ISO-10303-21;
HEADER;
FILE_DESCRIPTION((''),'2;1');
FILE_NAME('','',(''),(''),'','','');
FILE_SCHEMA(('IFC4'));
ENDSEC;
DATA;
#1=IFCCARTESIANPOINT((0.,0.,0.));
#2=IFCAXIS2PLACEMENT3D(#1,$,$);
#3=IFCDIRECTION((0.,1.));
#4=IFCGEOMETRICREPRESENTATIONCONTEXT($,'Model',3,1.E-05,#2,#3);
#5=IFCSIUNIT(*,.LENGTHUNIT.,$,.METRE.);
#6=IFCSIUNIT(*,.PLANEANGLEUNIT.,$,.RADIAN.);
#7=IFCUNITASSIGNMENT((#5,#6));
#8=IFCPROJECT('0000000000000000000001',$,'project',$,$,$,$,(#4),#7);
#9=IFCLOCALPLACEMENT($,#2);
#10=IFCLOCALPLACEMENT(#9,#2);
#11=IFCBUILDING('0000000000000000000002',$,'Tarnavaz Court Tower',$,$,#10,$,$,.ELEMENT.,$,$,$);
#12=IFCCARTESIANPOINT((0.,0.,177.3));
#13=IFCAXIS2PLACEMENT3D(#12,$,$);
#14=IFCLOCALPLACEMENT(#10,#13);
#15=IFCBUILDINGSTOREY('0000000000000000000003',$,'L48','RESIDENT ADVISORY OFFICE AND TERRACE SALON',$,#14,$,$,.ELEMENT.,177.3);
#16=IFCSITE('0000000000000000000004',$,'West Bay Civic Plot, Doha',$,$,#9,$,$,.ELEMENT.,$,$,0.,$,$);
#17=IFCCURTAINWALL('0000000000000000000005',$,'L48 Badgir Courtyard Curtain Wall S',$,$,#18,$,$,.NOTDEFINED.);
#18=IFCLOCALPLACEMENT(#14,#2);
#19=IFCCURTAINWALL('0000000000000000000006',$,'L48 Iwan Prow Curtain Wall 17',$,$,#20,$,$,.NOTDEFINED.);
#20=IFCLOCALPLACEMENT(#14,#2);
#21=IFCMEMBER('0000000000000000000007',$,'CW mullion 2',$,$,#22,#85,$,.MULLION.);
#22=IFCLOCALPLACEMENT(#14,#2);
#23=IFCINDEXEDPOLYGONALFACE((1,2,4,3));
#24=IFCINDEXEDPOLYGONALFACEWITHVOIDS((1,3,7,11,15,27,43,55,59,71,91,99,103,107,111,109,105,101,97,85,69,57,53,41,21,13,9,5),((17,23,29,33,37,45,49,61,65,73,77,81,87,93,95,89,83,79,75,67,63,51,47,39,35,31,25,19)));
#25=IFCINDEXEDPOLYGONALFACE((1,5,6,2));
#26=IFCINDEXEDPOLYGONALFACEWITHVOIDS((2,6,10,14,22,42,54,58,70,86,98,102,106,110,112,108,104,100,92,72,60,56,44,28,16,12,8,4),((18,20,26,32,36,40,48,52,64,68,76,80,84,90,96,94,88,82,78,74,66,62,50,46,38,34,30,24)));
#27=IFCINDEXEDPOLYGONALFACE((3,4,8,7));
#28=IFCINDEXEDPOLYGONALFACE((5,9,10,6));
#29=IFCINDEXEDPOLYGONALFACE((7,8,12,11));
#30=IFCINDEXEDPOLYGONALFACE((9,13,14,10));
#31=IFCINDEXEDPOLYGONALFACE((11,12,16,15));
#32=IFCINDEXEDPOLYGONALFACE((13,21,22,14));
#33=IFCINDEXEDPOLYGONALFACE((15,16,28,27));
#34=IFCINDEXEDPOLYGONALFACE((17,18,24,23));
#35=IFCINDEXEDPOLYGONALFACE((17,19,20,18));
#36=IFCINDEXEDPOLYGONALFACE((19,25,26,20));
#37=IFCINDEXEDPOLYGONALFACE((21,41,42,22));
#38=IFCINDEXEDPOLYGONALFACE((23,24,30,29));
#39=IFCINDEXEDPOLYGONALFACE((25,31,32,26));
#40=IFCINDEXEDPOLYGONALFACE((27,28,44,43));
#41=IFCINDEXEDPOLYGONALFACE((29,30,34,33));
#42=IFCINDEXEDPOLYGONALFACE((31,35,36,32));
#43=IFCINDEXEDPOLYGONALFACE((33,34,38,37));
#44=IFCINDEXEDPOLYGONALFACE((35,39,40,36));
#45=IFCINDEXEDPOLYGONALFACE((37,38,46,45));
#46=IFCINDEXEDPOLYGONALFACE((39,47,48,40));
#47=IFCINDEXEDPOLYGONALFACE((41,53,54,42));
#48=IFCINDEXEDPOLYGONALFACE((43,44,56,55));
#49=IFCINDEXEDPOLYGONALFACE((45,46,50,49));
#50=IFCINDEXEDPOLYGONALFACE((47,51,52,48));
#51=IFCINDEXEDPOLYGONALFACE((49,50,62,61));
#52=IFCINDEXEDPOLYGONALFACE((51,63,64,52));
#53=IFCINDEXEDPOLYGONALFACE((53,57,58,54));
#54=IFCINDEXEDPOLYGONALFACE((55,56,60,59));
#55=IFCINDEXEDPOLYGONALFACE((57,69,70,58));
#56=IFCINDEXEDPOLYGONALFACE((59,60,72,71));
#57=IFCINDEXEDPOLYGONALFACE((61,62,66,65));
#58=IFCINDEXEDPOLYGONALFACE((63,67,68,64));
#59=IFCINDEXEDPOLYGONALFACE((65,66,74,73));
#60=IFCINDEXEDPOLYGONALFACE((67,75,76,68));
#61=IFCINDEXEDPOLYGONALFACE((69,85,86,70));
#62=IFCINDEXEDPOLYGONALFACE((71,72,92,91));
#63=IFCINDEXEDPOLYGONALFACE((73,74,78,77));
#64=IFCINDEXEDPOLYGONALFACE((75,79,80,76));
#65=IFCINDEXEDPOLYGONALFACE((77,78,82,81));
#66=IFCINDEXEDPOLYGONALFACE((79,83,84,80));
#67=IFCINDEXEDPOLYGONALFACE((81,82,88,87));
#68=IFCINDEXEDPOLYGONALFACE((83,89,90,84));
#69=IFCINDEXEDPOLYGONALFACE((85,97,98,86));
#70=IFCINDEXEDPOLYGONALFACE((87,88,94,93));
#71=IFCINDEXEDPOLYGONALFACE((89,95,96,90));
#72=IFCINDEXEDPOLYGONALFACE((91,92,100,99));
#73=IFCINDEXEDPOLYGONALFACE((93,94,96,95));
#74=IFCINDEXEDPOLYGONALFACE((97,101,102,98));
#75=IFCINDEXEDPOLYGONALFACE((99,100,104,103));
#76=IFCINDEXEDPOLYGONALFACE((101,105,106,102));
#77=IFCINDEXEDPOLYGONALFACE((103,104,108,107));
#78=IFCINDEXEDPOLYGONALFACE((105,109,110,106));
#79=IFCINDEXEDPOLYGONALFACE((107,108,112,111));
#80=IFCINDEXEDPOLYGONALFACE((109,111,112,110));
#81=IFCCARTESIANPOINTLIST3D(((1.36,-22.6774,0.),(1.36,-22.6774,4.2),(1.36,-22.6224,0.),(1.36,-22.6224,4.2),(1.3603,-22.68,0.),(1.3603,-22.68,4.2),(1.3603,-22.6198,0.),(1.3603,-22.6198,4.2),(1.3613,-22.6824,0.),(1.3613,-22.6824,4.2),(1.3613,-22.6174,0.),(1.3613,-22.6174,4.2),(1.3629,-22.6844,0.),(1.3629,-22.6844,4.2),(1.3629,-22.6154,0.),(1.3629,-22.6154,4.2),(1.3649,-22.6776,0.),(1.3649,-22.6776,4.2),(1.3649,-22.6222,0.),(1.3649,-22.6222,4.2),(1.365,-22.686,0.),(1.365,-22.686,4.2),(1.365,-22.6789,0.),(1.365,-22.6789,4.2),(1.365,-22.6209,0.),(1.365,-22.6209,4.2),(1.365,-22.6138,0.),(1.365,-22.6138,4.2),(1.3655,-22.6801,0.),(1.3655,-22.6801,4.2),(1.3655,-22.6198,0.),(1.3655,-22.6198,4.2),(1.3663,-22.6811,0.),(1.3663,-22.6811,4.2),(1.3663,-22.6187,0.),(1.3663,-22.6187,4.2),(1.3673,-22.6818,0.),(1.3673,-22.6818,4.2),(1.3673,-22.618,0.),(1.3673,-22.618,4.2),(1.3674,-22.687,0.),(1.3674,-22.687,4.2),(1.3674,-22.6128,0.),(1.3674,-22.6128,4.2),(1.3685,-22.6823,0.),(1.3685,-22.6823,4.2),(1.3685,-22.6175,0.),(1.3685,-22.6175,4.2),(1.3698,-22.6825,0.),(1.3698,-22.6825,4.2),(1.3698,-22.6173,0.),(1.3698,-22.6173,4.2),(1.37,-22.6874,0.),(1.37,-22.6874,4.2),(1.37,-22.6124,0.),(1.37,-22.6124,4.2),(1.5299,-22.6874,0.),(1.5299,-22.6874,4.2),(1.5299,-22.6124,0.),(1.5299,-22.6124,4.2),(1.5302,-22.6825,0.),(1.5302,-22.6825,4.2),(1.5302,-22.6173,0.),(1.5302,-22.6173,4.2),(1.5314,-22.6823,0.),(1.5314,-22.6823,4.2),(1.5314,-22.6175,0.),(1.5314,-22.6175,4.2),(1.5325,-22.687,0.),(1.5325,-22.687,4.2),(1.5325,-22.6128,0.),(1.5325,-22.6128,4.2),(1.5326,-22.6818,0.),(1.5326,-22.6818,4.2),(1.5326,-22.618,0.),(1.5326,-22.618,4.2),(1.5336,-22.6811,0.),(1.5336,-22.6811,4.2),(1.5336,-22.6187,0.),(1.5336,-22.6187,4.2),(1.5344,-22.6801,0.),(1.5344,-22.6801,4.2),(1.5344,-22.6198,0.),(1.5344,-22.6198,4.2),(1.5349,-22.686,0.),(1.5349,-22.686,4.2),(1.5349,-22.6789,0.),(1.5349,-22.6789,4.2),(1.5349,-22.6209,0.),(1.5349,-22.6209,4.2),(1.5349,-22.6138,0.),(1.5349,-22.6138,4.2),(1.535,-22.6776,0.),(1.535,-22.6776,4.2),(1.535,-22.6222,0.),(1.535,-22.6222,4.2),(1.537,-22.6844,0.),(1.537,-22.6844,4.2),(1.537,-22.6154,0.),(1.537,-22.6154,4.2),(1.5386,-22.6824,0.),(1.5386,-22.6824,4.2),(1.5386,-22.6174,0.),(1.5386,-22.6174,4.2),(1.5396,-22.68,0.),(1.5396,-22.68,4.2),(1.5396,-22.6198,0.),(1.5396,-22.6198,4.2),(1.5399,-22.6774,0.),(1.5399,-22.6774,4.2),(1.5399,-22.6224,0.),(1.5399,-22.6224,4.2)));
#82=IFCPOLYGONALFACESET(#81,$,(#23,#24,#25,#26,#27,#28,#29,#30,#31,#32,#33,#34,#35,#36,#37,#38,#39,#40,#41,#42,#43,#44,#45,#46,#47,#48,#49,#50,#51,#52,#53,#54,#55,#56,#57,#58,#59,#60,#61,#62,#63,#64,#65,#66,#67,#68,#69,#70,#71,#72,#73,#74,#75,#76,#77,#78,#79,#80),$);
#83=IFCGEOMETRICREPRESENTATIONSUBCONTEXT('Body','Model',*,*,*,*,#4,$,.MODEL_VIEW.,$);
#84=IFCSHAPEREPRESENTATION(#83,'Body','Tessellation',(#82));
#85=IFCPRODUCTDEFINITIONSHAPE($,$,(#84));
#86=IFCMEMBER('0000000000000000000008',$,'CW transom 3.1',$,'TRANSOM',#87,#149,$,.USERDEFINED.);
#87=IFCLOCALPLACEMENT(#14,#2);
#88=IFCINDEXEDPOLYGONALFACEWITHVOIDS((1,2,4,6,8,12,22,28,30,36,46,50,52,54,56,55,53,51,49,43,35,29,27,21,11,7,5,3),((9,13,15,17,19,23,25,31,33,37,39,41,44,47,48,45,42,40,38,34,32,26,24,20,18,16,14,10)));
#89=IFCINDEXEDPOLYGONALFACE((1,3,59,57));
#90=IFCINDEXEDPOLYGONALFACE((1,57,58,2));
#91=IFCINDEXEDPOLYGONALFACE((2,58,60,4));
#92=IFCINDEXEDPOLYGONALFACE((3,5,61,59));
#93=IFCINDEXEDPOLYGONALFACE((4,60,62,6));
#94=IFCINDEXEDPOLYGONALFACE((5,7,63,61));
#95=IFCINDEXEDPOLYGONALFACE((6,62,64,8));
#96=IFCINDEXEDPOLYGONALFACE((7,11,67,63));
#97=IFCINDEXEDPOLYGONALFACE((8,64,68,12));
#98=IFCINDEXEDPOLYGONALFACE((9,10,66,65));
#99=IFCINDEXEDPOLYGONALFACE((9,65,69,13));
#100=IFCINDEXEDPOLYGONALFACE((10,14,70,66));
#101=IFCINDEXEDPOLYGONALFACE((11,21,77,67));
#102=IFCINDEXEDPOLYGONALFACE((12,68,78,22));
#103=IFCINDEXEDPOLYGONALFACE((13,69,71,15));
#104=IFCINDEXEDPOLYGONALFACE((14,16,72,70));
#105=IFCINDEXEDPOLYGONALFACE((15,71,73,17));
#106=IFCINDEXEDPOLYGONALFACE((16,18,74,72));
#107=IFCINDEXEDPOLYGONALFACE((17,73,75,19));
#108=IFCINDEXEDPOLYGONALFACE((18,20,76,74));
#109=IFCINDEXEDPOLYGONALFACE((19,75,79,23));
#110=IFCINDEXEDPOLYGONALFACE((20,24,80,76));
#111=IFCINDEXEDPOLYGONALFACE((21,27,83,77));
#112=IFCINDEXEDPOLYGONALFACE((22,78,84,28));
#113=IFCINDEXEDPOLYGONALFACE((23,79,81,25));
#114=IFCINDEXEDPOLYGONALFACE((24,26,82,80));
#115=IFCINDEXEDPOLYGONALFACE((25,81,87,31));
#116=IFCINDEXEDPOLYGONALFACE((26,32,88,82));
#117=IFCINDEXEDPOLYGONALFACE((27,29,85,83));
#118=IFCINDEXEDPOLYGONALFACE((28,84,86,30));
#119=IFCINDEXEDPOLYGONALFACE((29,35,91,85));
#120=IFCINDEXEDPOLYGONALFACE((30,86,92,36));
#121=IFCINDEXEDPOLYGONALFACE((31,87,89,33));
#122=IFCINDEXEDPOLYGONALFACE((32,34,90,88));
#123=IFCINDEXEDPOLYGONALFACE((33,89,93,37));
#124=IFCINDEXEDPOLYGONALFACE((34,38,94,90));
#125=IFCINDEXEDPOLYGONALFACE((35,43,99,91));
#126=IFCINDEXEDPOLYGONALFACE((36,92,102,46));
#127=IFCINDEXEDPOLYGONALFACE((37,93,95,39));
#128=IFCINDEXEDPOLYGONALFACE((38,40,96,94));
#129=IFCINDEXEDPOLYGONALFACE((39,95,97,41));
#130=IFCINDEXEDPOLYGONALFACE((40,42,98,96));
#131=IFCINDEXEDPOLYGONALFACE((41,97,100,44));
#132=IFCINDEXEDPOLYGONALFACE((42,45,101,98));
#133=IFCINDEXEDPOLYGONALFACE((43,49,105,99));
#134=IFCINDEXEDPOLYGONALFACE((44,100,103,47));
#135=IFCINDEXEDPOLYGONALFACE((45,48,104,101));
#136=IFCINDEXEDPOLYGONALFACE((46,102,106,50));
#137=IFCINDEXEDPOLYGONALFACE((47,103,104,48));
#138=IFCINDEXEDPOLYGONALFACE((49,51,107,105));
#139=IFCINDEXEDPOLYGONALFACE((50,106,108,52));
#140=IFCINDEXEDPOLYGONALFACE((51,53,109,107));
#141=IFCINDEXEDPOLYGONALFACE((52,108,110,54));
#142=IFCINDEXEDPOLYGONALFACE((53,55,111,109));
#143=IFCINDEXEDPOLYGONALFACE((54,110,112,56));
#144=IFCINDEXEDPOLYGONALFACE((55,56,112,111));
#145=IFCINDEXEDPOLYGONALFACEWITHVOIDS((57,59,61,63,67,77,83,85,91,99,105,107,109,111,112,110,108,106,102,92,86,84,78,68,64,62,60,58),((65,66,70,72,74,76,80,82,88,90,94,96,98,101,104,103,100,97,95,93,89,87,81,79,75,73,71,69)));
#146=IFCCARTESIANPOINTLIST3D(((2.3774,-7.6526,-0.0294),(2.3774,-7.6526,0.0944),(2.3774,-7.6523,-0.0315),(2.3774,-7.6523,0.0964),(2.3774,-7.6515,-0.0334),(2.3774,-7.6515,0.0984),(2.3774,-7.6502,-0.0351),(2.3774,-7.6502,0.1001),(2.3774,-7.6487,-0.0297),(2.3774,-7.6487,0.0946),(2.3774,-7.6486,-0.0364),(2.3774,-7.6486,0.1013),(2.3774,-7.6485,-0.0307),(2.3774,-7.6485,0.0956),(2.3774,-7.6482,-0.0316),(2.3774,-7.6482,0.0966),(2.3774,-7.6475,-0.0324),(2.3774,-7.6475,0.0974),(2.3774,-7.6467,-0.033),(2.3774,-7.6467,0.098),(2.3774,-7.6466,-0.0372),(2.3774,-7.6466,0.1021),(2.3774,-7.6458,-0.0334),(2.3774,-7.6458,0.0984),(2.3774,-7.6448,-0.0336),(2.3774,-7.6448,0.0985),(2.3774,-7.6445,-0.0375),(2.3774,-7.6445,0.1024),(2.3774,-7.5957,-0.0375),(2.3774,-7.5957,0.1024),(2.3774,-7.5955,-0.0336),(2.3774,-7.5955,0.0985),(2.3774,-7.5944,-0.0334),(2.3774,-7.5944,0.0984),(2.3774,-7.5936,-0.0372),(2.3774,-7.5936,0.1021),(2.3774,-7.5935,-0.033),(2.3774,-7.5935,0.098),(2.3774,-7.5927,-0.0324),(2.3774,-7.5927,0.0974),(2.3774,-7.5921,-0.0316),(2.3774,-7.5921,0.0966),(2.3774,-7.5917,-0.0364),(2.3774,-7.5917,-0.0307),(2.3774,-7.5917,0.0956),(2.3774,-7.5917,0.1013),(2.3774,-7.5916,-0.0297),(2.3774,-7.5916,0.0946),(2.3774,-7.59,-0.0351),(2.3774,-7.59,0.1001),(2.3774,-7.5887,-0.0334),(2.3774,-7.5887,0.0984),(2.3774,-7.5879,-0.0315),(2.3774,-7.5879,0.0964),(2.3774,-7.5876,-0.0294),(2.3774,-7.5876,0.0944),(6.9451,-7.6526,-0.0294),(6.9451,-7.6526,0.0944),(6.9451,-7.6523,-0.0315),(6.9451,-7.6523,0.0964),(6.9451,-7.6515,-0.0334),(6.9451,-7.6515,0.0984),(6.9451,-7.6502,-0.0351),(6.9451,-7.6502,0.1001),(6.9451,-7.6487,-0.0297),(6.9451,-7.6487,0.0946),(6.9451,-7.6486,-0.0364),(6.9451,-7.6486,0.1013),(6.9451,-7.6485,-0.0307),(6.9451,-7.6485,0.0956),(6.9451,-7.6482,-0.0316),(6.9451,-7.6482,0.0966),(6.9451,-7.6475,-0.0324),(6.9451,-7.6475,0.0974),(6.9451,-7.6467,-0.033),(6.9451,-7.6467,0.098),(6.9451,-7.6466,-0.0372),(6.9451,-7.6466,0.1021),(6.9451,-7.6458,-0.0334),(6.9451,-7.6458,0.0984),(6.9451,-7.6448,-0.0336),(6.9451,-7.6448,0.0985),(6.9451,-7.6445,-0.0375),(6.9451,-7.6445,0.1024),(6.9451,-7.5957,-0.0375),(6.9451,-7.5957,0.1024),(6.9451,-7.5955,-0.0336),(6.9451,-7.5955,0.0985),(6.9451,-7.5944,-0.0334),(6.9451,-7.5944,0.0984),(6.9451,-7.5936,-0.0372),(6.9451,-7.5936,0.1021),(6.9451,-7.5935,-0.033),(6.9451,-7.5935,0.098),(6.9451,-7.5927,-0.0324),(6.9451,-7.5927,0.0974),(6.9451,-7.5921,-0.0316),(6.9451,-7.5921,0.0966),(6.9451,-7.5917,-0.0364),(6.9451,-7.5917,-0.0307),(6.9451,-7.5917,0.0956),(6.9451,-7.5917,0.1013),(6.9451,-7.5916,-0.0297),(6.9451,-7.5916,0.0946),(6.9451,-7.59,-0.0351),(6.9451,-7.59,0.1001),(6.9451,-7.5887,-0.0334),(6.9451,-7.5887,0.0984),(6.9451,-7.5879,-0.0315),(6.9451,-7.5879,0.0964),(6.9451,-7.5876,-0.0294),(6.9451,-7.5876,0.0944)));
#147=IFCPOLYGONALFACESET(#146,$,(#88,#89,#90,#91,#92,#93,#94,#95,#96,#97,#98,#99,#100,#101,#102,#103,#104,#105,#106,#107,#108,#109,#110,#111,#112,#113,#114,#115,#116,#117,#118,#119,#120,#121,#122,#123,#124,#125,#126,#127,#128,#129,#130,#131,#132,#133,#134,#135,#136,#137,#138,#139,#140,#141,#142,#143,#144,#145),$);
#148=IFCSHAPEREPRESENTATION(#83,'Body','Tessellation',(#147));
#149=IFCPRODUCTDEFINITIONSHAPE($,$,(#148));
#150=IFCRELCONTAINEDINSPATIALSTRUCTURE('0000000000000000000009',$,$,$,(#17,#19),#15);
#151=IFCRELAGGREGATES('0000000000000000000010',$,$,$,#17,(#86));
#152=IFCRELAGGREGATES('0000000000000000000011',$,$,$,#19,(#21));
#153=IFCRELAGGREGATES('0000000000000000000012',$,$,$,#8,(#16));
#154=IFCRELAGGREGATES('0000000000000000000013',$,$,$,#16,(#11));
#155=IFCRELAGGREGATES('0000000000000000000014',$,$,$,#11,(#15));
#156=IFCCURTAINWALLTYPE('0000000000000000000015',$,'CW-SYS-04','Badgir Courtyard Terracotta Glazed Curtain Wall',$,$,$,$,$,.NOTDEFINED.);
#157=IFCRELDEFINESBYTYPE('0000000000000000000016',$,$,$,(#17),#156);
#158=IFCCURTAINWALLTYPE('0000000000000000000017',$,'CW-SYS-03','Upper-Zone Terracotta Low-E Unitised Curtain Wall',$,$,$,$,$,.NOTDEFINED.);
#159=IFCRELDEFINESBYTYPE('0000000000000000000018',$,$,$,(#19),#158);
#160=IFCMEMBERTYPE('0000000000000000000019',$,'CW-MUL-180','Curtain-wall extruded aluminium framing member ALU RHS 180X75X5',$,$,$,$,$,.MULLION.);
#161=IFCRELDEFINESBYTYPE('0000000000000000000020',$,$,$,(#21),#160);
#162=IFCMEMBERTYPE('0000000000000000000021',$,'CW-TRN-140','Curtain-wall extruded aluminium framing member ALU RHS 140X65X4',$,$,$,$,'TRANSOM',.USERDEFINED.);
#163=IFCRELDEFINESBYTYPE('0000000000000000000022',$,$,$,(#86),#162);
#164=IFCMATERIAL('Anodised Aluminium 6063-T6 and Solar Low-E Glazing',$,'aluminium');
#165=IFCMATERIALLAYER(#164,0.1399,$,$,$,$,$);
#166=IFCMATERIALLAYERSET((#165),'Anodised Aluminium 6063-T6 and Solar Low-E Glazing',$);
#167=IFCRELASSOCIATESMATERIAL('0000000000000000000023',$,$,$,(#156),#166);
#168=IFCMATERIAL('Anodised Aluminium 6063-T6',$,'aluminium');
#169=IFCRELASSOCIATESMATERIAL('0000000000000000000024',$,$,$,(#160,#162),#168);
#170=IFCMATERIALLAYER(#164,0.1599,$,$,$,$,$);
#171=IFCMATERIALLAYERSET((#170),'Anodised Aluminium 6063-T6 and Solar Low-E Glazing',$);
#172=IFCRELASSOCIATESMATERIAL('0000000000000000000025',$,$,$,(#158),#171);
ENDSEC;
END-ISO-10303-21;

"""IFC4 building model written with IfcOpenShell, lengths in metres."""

from ifc_helpers import new_model, si_unit, direction, frame, origin, origin_2d, place, context, subcontext, project, spatial, hollow_rectangle, extrude, material, layer, layer_set, material_profile, profile_set, type_object, element, aggregate, save


model = new_model("IFC4")

# Units and contexts
model_context = context("Model", 3, precision=1e-05, world=origin(), true_north=direction((0.0, 1.0)))
body_context = subcontext(model_context, "Body", "Model", "MODEL_VIEW")
ifc_project = project(units=[si_unit("LENGTHUNIT", "METRE"), si_unit("PLANEANGLEUNIT", "RADIAN")], contexts=[model_context])

# Site, building, storey
site_placement = place(None, origin())
site = spatial("IfcSite", under=ifc_project, at=site_placement, Name="West Bay Civic Plot, Doha", CompositionType="ELEMENT", RefElevation=0.0)
building_placement = place(site_placement, origin())
building = spatial("IfcBuilding", under=site, at=building_placement, Name="Tarnavaz Court Tower", CompositionType="ELEMENT")
storey_placement = place(building_placement, frame((0.0, 0.0, 177.3)))
storey = spatial("IfcBuildingStorey", under=building, at=storey_placement, Name="L48", Description="RESIDENT ADVISORY OFFICE AND TERRACE SALON", CompositionType="ELEMENT", Elevation=177.3)

# Curtain wall
ifc_material_1 = material(Name="Anodised Aluminium 6063-T6 and Solar Low-E Glazing", Category="aluminium")
ifc_layer_1 = layer(ifc_material_1, 0.1399)
ifc_layer_set_1 = layer_set([ifc_layer_1], Name="Anodised Aluminium 6063-T6 and Solar Low-E Glazing")
curtain_wall_type_1 = type_object("IfcCurtainWallType", Name="CW-SYS-04", Description="Badgir Courtyard Terracotta Glazed Curtain Wall", PredefinedType="NOTDEFINED", material=ifc_layer_set_1)
curtain_wall_1_placement = place(storey_placement, origin())
curtain_wall_1 = element("IfcCurtainWall", 1, at=curtain_wall_1_placement, inside=storey, type_object=curtain_wall_type_1, Name="L48 Badgir Courtyard Curtain Wall S", PredefinedType="NOTDEFINED")
ifc_material_2 = material(Name="Anodised Aluminium 6063-T6", Category="aluminium")
ifc_material_profile_1 = material_profile(ifc_material_2, hollow_rectangle(XDim=0.075, YDim=0.1799, WallThickness=0.0049, InnerFilletRadius=0.0049, OuterFilletRadius=0.01, at=origin_2d()), Name="ALU RHS 180X75X5")
ifc_profile_set_1 = profile_set([ifc_material_profile_1], Name="Anodised Aluminium 6063-T6")
member_type_1 = type_object("IfcMemberType", Name="CW-MUL-180", Description="Curtain-wall extruded aluminium framing member ALU RHS 180X75X5", PredefinedType="MULLION", material=ifc_profile_set_1)

# Curtain wall, member
ifc_layer_2 = layer(ifc_material_1, 0.1599)
ifc_layer_set_2 = layer_set([ifc_layer_2], Name="Anodised Aluminium 6063-T6 and Solar Low-E Glazing")
curtain_wall_type_2 = type_object("IfcCurtainWallType", Name="CW-SYS-03", Description="Upper-Zone Terracotta Low-E Unitised Curtain Wall", PredefinedType="NOTDEFINED", material=ifc_layer_set_2)
curtain_wall_2_placement = place(storey_placement, origin())
curtain_wall_2 = element("IfcCurtainWall", 2, at=curtain_wall_2_placement, inside=storey, type_object=curtain_wall_type_2, Name="L48 Iwan Prow Curtain Wall 17", PredefinedType="NOTDEFINED")
member_1_placement = place(storey_placement, frame((1.45, -22.6499, 0.0), z_axis=(0.0, 0.0, 1.0), x_axis=(0.0, -1.0, 0.0)))
member_1 = element("IfcMember", 3, at=member_1_placement, type_object=member_type_1, Name="CW mullion 2", PredefinedType="MULLION", context=body_context, shape_type="SweptSolid", body=[
    extrude(hollow_rectangle(XDim=0.075, YDim=0.1799, WallThickness=0.0049, InnerFilletRadius=0.0049, OuterFilletRadius=0.01, at=origin_2d()), origin(), (0.0, 0.0, 1.0), 4.2),
])

# Member
ifc_material_profile_2 = material_profile(ifc_material_2, hollow_rectangle(XDim=0.0649, YDim=0.1399, WallThickness=0.0039, InnerFilletRadius=0.0039, OuterFilletRadius=0.0081, at=origin_2d()), Name="ALU RHS 140X65X4")
ifc_profile_set_2 = profile_set([ifc_material_profile_2], Name="Anodised Aluminium 6063-T6")
member_type_2 = type_object("IfcMemberType", Name="CW-TRN-140", Description="Curtain-wall extruded aluminium framing member ALU RHS 140X65X4", ElementType="TRANSOM", PredefinedType="USERDEFINED", material=ifc_profile_set_2)
member_2_placement = place(storey_placement, frame((2.3774, -7.6201, 0.0325), z_axis=(1.0, 0.0, 0.0), x_axis=(0.0, 1.0, 0.0)))
member_2 = element("IfcMember", 4, at=member_2_placement, type_object=member_type_2, Name="CW transom 3.1", ObjectType="TRANSOM", PredefinedType="USERDEFINED", context=body_context, shape_type="SweptSolid", body=[
    extrude(hollow_rectangle(XDim=0.0649, YDim=0.1399, WallThickness=0.0039, InnerFilletRadius=0.0039, OuterFilletRadius=0.0081, at=origin_2d()), origin(), (0.0, 0.0, 1.0), 4.5676),
])

aggregate(curtain_wall_1, [member_2])
aggregate(curtain_wall_2, [member_1])

save(model, "model.ifc")
